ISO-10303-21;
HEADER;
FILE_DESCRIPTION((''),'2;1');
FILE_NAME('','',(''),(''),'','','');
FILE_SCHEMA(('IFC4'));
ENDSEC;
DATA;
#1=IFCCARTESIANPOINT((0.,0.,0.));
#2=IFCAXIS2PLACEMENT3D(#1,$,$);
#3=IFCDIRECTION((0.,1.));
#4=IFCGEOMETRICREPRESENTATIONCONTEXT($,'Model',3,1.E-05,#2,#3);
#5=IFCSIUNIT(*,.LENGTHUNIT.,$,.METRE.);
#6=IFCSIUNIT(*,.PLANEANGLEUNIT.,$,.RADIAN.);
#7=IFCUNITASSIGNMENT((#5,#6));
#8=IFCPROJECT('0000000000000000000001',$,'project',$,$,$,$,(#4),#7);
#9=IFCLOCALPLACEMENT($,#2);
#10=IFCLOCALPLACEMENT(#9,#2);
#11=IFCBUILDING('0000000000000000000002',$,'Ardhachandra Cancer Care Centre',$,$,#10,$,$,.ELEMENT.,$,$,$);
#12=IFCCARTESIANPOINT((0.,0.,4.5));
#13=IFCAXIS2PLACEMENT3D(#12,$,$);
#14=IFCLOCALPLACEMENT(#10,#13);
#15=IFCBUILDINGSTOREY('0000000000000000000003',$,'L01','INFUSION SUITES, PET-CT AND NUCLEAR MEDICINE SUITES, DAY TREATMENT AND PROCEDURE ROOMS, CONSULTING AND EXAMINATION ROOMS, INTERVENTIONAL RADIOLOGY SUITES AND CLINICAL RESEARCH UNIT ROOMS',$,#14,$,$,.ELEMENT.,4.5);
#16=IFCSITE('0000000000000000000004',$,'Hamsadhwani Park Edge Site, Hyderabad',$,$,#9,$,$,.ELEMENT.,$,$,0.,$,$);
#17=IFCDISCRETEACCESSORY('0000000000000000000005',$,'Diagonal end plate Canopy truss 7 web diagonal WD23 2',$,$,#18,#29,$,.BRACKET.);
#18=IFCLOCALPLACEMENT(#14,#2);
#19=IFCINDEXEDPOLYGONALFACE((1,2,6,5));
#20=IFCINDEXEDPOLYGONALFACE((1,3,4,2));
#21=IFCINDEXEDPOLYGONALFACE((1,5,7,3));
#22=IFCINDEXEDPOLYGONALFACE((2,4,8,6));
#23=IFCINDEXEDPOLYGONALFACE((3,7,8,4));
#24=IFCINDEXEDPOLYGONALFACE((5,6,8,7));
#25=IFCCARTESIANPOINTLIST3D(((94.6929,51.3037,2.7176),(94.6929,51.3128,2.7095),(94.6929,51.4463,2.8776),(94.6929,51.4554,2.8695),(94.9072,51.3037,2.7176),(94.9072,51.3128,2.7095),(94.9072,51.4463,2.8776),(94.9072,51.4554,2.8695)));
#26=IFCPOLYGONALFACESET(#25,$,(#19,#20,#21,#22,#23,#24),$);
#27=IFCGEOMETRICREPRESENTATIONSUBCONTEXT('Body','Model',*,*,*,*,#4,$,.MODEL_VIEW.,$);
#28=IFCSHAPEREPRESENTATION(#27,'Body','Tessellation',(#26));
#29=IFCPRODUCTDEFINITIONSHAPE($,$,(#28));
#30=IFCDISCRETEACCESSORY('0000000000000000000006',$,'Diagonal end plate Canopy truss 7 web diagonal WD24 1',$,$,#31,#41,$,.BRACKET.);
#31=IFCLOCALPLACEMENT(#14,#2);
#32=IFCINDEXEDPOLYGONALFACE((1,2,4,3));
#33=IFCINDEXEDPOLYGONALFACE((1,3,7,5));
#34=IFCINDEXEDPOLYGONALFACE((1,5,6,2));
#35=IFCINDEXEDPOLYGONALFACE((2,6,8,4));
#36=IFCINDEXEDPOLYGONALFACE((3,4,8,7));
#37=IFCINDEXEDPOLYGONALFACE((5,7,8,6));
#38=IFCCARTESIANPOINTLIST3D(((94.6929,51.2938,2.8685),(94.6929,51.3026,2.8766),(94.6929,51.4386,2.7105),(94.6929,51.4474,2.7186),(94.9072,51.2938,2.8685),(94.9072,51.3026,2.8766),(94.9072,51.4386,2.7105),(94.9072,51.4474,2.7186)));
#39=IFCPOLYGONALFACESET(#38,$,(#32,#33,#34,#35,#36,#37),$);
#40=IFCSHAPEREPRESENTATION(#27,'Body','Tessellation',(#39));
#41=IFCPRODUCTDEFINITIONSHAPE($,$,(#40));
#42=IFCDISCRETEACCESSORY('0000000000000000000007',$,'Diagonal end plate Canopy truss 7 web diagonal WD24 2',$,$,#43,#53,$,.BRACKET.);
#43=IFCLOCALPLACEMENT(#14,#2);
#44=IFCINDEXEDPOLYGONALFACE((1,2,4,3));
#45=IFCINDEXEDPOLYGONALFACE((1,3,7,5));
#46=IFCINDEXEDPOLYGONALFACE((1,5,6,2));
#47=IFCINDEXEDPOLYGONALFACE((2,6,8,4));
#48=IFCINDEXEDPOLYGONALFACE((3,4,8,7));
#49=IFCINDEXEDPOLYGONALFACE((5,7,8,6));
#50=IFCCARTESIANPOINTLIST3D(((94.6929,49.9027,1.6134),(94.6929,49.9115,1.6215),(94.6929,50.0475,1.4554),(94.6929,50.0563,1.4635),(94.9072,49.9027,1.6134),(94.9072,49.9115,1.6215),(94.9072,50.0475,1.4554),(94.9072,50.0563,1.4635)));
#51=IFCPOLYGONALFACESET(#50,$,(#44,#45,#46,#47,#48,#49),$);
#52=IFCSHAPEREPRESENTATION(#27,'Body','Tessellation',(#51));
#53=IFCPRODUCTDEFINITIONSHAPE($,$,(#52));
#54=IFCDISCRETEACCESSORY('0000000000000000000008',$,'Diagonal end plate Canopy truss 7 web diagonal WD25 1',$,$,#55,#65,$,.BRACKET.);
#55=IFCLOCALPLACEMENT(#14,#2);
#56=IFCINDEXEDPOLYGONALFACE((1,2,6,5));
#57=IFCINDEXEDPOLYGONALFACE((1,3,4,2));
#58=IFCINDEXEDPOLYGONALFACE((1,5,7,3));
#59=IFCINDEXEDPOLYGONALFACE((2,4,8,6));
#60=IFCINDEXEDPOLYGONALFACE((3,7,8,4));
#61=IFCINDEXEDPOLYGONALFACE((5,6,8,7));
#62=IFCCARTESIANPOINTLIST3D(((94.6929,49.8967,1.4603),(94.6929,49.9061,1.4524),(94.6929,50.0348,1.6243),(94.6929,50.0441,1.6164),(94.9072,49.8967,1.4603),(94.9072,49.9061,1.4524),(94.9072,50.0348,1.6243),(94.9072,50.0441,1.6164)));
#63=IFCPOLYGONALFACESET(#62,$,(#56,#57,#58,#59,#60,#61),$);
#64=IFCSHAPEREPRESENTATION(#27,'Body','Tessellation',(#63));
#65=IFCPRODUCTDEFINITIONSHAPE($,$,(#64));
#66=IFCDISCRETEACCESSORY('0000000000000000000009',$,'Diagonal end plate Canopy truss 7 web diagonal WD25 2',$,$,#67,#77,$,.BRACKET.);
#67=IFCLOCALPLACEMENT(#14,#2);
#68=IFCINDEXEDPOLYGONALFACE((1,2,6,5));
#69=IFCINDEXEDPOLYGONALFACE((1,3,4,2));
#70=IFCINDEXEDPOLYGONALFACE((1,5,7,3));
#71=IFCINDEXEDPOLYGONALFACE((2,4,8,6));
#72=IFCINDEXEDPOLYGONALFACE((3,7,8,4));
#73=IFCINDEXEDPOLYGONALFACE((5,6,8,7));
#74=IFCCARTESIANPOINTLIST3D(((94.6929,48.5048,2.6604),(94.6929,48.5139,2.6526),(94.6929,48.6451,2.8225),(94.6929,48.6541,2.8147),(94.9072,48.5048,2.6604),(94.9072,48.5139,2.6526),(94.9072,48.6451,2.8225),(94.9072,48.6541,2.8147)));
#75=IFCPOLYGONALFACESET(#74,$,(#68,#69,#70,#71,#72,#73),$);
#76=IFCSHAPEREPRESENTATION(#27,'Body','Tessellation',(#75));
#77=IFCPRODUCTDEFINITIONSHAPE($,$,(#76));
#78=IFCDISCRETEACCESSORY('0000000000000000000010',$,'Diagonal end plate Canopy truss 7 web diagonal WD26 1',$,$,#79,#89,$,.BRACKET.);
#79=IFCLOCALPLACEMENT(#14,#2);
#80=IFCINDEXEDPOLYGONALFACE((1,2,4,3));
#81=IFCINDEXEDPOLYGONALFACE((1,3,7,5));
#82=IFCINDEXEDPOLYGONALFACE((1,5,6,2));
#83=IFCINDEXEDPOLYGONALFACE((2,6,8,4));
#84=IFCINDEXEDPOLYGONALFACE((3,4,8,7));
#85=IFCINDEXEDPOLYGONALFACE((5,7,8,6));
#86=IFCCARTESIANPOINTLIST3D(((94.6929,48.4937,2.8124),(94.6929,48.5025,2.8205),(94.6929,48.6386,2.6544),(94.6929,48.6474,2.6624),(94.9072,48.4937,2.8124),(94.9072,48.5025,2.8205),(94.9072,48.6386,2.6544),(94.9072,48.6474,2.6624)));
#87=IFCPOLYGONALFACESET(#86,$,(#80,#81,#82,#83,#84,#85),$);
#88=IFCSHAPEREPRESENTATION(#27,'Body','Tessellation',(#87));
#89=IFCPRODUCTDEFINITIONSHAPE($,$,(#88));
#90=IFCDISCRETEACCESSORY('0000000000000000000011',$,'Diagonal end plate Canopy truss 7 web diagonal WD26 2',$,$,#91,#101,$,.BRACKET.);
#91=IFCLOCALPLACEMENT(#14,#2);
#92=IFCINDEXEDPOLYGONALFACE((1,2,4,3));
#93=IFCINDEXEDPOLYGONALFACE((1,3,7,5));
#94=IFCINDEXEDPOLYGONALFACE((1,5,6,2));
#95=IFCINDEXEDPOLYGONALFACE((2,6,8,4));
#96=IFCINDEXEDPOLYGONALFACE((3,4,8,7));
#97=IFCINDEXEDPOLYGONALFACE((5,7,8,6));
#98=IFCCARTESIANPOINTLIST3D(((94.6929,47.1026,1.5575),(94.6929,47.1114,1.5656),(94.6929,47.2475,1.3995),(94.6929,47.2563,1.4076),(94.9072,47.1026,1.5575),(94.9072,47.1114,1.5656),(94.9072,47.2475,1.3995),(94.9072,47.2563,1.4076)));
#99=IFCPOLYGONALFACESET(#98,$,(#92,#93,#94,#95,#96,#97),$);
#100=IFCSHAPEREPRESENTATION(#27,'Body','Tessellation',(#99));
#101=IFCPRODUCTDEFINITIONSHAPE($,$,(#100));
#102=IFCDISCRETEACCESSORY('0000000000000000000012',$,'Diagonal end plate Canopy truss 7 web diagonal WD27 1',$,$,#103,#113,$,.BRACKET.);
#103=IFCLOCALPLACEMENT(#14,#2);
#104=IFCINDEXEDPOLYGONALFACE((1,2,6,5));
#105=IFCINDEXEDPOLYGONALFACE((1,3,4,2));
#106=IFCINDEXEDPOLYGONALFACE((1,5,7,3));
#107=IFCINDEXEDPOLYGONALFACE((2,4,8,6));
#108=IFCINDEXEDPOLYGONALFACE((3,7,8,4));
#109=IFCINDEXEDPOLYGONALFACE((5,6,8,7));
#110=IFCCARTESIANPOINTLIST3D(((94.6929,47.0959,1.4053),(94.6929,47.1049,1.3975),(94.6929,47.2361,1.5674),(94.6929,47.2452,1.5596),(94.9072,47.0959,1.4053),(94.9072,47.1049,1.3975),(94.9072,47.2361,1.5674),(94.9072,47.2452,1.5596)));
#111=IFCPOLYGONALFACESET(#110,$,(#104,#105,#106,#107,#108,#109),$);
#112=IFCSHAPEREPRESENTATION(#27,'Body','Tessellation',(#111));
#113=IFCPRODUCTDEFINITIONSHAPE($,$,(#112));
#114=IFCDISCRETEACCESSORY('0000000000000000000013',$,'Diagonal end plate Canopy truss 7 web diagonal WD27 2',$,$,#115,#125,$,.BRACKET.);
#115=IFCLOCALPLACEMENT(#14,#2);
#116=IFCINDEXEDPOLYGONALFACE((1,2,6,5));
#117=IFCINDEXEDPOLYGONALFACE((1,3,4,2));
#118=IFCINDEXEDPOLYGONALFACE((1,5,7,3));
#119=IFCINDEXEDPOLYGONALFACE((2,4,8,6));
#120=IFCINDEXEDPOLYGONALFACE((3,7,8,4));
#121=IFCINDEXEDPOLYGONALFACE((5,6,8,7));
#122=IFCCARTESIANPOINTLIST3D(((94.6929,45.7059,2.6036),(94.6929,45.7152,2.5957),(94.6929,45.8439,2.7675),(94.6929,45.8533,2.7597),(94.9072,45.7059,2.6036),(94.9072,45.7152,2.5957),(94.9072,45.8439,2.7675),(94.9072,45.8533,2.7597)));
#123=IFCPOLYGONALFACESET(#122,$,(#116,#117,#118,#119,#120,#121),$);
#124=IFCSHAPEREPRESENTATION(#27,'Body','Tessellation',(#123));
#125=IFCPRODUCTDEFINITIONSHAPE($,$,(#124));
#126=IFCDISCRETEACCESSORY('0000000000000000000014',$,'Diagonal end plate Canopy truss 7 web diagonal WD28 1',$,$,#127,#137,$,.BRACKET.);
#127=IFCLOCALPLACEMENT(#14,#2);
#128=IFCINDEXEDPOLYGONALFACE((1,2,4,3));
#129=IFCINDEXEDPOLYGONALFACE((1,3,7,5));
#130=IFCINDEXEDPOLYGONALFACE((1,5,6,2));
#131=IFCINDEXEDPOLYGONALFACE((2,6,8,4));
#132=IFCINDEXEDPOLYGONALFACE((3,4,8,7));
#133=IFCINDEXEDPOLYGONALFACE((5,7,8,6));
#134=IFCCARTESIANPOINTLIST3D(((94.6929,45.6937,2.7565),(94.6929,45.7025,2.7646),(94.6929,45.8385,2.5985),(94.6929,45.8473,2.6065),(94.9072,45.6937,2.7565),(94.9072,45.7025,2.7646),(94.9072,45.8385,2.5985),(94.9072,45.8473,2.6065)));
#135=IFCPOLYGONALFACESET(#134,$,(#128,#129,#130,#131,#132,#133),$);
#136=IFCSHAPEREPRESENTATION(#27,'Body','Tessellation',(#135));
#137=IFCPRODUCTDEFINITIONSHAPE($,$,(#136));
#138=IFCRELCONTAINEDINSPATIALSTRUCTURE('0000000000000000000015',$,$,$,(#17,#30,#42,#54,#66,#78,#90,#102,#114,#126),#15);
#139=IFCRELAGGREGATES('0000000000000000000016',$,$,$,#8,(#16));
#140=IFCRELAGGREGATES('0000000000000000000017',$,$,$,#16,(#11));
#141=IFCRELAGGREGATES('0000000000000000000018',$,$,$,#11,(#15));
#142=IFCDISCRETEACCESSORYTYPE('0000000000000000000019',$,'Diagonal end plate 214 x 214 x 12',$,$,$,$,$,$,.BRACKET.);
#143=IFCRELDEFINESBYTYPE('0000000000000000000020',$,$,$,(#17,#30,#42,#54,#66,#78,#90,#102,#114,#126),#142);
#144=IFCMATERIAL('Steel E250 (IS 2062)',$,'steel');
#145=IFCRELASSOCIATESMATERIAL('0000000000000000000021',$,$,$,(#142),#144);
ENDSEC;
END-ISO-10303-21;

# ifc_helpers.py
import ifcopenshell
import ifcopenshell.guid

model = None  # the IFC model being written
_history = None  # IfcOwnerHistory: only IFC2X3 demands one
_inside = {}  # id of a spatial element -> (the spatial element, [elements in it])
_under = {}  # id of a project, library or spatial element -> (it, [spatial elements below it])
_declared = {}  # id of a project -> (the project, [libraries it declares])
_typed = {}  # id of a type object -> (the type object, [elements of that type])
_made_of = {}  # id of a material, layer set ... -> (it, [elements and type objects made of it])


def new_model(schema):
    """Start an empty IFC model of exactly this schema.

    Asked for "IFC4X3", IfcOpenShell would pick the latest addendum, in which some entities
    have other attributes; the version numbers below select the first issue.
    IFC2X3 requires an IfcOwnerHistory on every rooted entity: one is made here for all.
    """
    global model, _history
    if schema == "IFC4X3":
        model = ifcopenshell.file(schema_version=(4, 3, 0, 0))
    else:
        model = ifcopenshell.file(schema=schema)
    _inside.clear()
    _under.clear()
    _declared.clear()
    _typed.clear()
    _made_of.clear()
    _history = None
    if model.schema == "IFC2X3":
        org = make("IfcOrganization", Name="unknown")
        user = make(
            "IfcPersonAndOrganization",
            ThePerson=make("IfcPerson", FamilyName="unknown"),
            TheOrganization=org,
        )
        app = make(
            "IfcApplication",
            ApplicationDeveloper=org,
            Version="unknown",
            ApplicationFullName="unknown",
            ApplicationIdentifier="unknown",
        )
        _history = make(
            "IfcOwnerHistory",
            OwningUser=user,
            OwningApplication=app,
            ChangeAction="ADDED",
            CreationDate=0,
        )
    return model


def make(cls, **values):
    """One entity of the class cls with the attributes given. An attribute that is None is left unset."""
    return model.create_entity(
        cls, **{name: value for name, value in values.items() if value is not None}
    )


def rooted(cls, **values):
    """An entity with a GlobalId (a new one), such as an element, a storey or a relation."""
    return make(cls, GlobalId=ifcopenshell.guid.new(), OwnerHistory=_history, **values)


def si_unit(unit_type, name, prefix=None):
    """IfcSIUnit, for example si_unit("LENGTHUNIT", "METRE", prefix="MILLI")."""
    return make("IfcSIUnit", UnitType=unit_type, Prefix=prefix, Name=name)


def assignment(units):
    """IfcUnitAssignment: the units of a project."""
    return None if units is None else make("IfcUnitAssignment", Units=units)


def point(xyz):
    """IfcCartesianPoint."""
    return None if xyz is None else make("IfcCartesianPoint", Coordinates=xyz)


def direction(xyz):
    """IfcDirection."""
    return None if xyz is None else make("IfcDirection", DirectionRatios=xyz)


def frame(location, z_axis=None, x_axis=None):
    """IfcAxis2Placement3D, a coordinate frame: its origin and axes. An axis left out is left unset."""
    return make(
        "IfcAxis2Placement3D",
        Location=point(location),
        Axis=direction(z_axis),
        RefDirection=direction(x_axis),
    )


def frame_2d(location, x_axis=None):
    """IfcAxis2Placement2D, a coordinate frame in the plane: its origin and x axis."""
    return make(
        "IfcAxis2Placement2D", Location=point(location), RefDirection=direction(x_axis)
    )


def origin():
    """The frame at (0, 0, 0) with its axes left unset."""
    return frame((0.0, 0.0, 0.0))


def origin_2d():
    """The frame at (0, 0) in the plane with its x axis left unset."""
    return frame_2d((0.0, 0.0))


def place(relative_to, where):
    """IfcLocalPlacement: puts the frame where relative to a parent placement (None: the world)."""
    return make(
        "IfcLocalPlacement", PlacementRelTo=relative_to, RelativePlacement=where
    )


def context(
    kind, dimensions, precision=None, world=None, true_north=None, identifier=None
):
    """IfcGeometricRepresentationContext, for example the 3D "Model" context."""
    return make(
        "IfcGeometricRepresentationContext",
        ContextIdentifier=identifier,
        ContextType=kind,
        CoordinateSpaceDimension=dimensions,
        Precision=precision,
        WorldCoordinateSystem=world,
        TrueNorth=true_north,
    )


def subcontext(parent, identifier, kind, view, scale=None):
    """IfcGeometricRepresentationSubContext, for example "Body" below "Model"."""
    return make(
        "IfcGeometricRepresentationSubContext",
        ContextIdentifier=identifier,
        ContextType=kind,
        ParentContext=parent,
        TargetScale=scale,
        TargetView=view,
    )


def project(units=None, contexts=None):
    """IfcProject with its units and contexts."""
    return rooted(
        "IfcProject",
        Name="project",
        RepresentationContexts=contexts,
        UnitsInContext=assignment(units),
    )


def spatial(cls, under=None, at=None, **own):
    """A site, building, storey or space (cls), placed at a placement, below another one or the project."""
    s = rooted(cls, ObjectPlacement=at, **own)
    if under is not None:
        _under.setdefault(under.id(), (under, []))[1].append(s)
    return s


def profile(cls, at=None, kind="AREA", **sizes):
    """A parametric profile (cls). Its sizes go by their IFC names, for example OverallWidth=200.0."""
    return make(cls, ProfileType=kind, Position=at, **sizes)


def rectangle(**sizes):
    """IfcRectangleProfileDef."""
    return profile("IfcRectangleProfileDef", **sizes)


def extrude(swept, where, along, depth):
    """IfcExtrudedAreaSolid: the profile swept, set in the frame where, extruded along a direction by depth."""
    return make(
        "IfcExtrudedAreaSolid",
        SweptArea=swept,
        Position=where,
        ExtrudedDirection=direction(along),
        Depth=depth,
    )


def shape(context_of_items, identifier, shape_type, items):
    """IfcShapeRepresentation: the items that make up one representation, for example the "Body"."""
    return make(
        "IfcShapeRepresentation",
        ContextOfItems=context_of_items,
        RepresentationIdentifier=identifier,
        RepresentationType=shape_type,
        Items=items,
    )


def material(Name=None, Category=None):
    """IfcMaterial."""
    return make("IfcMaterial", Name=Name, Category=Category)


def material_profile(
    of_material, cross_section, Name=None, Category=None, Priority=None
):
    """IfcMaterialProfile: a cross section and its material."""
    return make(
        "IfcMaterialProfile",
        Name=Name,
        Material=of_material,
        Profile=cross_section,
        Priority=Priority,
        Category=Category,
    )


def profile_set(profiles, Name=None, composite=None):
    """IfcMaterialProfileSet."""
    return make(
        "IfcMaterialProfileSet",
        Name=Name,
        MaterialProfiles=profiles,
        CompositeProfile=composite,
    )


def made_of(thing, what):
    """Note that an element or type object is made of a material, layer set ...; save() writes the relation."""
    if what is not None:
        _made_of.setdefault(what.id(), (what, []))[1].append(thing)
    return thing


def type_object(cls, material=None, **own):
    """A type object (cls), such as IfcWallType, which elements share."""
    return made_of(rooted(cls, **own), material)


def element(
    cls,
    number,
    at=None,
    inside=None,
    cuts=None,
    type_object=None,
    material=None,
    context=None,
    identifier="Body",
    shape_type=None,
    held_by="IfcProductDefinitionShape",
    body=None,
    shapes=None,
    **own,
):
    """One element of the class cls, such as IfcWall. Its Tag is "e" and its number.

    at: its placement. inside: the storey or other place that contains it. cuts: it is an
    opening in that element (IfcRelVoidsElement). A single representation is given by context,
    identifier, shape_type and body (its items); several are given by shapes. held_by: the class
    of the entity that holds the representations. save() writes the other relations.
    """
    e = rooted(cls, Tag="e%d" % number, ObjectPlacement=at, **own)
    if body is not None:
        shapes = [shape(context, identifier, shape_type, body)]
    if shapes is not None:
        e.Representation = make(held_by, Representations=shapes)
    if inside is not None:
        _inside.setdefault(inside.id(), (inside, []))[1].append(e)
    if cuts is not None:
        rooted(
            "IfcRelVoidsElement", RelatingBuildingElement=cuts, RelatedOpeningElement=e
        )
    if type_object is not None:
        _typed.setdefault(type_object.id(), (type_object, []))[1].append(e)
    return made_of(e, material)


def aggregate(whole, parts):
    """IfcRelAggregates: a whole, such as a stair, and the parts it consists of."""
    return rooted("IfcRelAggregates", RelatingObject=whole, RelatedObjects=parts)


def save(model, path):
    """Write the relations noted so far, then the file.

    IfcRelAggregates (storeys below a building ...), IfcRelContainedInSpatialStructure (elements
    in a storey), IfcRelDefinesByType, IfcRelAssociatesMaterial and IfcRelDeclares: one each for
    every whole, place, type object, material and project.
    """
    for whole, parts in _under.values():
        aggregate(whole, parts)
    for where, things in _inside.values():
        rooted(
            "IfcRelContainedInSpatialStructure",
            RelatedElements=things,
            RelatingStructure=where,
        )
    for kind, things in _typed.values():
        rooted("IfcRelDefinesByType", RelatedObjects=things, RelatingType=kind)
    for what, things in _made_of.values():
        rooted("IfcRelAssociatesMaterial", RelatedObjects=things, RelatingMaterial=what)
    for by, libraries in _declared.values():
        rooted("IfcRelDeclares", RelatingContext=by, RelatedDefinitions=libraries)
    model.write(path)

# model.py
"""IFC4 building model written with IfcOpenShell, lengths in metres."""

from ifc_helpers import new_model, si_unit, direction, frame, origin, origin_2d, place, context, subcontext, project, spatial, rectangle, extrude, material, material_profile, profile_set, type_object, element, save


model = new_model("IFC4")

# Units and contexts
model_context = context("Model", 3, precision=1e-05, world=origin(), true_north=direction((0.0, 1.0)))
body_context = subcontext(model_context, "Body", "Model", "MODEL_VIEW")
ifc_project = project(units=[si_unit("LENGTHUNIT", "METRE"), si_unit("PLANEANGLEUNIT", "RADIAN")], contexts=[model_context])

# Site, building, storey
site_placement = place(None, origin())
site = spatial("IfcSite", under=ifc_project, at=site_placement, Name="Hamsadhwani Park Edge Site, Hyderabad", CompositionType="ELEMENT", RefElevation=0.0)
building_placement = place(site_placement, origin())
building = spatial("IfcBuilding", under=site, at=building_placement, Name="Ardhachandra Cancer Care Centre", CompositionType="ELEMENT")
storey_placement = place(building_placement, frame((0.0, 0.0, 4.5)))
storey = spatial("IfcBuildingStorey", under=building, at=storey_placement, Name="L01", Description="INFUSION SUITES, PET-CT AND NUCLEAR MEDICINE SUITES, DAY TREATMENT AND PROCEDURE ROOMS, CONSULTING AND EXAMINATION ROOMS, INTERVENTIONAL RADIOLOGY SUITES AND CLINICAL RESEARCH UNIT ROOMS", CompositionType="ELEMENT", Elevation=4.5)

# Discrete accessories
ifc_material_1 = material(Name="Steel E250 (IS 2062)", Category="steel")
ifc_material_profile_1 = material_profile(ifc_material_1, rectangle(XDim=0.2144, YDim=0.2144, at=origin_2d()), Name="PL 214x214x12")
ifc_profile_set_1 = profile_set([ifc_material_profile_1], Name="Steel E250 (IS 2062)")
discrete_accessory_type = type_object("IfcDiscreteAccessoryType", Name="Diagonal end plate 214 x 214 x 12", PredefinedType="BRACKET", material=ifc_profile_set_1)
discrete_accessory_1_placement = place(storey_placement, frame((94.8, 51.375, 2.7976), z_axis=(0.0, 0.746295, -0.665615), x_axis=(-1.0, 0.0, 0.0)))
element("IfcDiscreteAccessory", 1, at=discrete_accessory_1_placement, inside=storey, type_object=discrete_accessory_type, Name="Diagonal end plate Canopy truss 7 web diagonal WD23 2", PredefinedType="BRACKET", context=body_context, shape_type="SweptSolid", body=[
    extrude(rectangle(XDim=0.2144, YDim=0.2144, at=origin_2d()), origin(), (0.0, 0.0, 1.0), 0.0122),
])
for number, where, z_axis, x_axis, name in (
    (2, (94.8, 51.375, 2.7976), (0.0, -0.737154, -0.675725), (1.0, 0.0, 0.0), "Diagonal end plate Canopy truss 7 web diagonal WD24 1"),
    (3, (94.8, 49.9751, 1.5344), (0.0, 0.737154, 0.675725), (-1.0, 0.0, 0.0), "Diagonal end plate Canopy truss 7 web diagonal WD24 2"),
):
    element("IfcDiscreteAccessory", number, at=place(storey_placement, frame(where, z_axis=z_axis, x_axis=x_axis)), inside=storey, type_object=discrete_accessory_type, Name=name, PredefinedType="BRACKET", context=body_context, shape_type="SweptSolid", body=[
        extrude(rectangle(XDim=0.2144, YDim=0.2144, at=origin_2d()), origin(), (0.0, 0.0, 1.0), 0.012),
    ])
discrete_accessory_2_placement = place(storey_placement, frame((94.8, 49.9751, 1.5344), z_axis=(0.0, -0.764911, 0.644136), x_axis=(1.0, 0.0, 0.0)))
element("IfcDiscreteAccessory", 4, at=discrete_accessory_2_placement, inside=storey, type_object=discrete_accessory_type, Name="Diagonal end plate Canopy truss 7 web diagonal WD25 1", PredefinedType="BRACKET", context=body_context, shape_type="SweptSolid", body=[
    extrude(rectangle(XDim=0.2144, YDim=0.2144, at=origin_2d()), origin(), (0.0, 0.0, 1.0), 0.0122),
])
for number, where, z_axis, x_axis, name in (
    (5, (94.8, 48.575, 2.7415), (0.0, 0.756363, -0.654152), (-1.0, 0.0, 0.0), "Diagonal end plate Canopy truss 7 web diagonal WD25 2"),
    (6, (94.8, 48.575, 2.7415), (0.0, -0.737154, -0.675725), (1.0, 0.0, 0.0), "Diagonal end plate Canopy truss 7 web diagonal WD26 1"),
    (7, (94.8, 47.175, 1.4785), (0.0, 0.737154, 0.675725), (-1.0, 0.0, 0.0), "Diagonal end plate Canopy truss 7 web diagonal WD26 2"),
    (8, (94.8, 47.175, 1.4785), (0.0, -0.756363, 0.654152), (1.0, 0.0, 0.0), "Diagonal end plate Canopy truss 7 web diagonal WD27 1"),
):
    element("IfcDiscreteAccessory", number, at=place(storey_placement, frame(where, z_axis=z_axis, x_axis=x_axis)), inside=storey, type_object=discrete_accessory_type, Name=name, PredefinedType="BRACKET", context=body_context, shape_type="SweptSolid", body=[
        extrude(rectangle(XDim=0.2144, YDim=0.2144, at=origin_2d()), origin(), (0.0, 0.0, 1.0), 0.012),
    ])
discrete_accessory_3_placement = place(storey_placement, frame((94.8, 45.7749, 2.6855), z_axis=(0.0, 0.764911, -0.644136), x_axis=(-1.0, 0.0, 0.0)))
element("IfcDiscreteAccessory", 9, at=discrete_accessory_3_placement, inside=storey, type_object=discrete_accessory_type, Name="Diagonal end plate Canopy truss 7 web diagonal WD27 2", PredefinedType="BRACKET", context=body_context, shape_type="SweptSolid", body=[
    extrude(rectangle(XDim=0.2144, YDim=0.2144, at=origin_2d()), origin(), (0.0, 0.0, 1.0), 0.0122),
])
discrete_accessory_4_placement = place(storey_placement, frame((94.8, 45.7749, 2.6855), z_axis=(0.0, -0.737154, -0.675725), x_axis=(1.0, 0.0, 0.0)))
element("IfcDiscreteAccessory", 10, at=discrete_accessory_4_placement, inside=storey, type_object=discrete_accessory_type, Name="Diagonal end plate Canopy truss 7 web diagonal WD28 1", PredefinedType="BRACKET", context=body_context, shape_type="SweptSolid", body=[
    extrude(rectangle(XDim=0.2144, YDim=0.2144, at=origin_2d()), origin(), (0.0, 0.0, 1.0), 0.012),
])

save(model, "model.ifc")
